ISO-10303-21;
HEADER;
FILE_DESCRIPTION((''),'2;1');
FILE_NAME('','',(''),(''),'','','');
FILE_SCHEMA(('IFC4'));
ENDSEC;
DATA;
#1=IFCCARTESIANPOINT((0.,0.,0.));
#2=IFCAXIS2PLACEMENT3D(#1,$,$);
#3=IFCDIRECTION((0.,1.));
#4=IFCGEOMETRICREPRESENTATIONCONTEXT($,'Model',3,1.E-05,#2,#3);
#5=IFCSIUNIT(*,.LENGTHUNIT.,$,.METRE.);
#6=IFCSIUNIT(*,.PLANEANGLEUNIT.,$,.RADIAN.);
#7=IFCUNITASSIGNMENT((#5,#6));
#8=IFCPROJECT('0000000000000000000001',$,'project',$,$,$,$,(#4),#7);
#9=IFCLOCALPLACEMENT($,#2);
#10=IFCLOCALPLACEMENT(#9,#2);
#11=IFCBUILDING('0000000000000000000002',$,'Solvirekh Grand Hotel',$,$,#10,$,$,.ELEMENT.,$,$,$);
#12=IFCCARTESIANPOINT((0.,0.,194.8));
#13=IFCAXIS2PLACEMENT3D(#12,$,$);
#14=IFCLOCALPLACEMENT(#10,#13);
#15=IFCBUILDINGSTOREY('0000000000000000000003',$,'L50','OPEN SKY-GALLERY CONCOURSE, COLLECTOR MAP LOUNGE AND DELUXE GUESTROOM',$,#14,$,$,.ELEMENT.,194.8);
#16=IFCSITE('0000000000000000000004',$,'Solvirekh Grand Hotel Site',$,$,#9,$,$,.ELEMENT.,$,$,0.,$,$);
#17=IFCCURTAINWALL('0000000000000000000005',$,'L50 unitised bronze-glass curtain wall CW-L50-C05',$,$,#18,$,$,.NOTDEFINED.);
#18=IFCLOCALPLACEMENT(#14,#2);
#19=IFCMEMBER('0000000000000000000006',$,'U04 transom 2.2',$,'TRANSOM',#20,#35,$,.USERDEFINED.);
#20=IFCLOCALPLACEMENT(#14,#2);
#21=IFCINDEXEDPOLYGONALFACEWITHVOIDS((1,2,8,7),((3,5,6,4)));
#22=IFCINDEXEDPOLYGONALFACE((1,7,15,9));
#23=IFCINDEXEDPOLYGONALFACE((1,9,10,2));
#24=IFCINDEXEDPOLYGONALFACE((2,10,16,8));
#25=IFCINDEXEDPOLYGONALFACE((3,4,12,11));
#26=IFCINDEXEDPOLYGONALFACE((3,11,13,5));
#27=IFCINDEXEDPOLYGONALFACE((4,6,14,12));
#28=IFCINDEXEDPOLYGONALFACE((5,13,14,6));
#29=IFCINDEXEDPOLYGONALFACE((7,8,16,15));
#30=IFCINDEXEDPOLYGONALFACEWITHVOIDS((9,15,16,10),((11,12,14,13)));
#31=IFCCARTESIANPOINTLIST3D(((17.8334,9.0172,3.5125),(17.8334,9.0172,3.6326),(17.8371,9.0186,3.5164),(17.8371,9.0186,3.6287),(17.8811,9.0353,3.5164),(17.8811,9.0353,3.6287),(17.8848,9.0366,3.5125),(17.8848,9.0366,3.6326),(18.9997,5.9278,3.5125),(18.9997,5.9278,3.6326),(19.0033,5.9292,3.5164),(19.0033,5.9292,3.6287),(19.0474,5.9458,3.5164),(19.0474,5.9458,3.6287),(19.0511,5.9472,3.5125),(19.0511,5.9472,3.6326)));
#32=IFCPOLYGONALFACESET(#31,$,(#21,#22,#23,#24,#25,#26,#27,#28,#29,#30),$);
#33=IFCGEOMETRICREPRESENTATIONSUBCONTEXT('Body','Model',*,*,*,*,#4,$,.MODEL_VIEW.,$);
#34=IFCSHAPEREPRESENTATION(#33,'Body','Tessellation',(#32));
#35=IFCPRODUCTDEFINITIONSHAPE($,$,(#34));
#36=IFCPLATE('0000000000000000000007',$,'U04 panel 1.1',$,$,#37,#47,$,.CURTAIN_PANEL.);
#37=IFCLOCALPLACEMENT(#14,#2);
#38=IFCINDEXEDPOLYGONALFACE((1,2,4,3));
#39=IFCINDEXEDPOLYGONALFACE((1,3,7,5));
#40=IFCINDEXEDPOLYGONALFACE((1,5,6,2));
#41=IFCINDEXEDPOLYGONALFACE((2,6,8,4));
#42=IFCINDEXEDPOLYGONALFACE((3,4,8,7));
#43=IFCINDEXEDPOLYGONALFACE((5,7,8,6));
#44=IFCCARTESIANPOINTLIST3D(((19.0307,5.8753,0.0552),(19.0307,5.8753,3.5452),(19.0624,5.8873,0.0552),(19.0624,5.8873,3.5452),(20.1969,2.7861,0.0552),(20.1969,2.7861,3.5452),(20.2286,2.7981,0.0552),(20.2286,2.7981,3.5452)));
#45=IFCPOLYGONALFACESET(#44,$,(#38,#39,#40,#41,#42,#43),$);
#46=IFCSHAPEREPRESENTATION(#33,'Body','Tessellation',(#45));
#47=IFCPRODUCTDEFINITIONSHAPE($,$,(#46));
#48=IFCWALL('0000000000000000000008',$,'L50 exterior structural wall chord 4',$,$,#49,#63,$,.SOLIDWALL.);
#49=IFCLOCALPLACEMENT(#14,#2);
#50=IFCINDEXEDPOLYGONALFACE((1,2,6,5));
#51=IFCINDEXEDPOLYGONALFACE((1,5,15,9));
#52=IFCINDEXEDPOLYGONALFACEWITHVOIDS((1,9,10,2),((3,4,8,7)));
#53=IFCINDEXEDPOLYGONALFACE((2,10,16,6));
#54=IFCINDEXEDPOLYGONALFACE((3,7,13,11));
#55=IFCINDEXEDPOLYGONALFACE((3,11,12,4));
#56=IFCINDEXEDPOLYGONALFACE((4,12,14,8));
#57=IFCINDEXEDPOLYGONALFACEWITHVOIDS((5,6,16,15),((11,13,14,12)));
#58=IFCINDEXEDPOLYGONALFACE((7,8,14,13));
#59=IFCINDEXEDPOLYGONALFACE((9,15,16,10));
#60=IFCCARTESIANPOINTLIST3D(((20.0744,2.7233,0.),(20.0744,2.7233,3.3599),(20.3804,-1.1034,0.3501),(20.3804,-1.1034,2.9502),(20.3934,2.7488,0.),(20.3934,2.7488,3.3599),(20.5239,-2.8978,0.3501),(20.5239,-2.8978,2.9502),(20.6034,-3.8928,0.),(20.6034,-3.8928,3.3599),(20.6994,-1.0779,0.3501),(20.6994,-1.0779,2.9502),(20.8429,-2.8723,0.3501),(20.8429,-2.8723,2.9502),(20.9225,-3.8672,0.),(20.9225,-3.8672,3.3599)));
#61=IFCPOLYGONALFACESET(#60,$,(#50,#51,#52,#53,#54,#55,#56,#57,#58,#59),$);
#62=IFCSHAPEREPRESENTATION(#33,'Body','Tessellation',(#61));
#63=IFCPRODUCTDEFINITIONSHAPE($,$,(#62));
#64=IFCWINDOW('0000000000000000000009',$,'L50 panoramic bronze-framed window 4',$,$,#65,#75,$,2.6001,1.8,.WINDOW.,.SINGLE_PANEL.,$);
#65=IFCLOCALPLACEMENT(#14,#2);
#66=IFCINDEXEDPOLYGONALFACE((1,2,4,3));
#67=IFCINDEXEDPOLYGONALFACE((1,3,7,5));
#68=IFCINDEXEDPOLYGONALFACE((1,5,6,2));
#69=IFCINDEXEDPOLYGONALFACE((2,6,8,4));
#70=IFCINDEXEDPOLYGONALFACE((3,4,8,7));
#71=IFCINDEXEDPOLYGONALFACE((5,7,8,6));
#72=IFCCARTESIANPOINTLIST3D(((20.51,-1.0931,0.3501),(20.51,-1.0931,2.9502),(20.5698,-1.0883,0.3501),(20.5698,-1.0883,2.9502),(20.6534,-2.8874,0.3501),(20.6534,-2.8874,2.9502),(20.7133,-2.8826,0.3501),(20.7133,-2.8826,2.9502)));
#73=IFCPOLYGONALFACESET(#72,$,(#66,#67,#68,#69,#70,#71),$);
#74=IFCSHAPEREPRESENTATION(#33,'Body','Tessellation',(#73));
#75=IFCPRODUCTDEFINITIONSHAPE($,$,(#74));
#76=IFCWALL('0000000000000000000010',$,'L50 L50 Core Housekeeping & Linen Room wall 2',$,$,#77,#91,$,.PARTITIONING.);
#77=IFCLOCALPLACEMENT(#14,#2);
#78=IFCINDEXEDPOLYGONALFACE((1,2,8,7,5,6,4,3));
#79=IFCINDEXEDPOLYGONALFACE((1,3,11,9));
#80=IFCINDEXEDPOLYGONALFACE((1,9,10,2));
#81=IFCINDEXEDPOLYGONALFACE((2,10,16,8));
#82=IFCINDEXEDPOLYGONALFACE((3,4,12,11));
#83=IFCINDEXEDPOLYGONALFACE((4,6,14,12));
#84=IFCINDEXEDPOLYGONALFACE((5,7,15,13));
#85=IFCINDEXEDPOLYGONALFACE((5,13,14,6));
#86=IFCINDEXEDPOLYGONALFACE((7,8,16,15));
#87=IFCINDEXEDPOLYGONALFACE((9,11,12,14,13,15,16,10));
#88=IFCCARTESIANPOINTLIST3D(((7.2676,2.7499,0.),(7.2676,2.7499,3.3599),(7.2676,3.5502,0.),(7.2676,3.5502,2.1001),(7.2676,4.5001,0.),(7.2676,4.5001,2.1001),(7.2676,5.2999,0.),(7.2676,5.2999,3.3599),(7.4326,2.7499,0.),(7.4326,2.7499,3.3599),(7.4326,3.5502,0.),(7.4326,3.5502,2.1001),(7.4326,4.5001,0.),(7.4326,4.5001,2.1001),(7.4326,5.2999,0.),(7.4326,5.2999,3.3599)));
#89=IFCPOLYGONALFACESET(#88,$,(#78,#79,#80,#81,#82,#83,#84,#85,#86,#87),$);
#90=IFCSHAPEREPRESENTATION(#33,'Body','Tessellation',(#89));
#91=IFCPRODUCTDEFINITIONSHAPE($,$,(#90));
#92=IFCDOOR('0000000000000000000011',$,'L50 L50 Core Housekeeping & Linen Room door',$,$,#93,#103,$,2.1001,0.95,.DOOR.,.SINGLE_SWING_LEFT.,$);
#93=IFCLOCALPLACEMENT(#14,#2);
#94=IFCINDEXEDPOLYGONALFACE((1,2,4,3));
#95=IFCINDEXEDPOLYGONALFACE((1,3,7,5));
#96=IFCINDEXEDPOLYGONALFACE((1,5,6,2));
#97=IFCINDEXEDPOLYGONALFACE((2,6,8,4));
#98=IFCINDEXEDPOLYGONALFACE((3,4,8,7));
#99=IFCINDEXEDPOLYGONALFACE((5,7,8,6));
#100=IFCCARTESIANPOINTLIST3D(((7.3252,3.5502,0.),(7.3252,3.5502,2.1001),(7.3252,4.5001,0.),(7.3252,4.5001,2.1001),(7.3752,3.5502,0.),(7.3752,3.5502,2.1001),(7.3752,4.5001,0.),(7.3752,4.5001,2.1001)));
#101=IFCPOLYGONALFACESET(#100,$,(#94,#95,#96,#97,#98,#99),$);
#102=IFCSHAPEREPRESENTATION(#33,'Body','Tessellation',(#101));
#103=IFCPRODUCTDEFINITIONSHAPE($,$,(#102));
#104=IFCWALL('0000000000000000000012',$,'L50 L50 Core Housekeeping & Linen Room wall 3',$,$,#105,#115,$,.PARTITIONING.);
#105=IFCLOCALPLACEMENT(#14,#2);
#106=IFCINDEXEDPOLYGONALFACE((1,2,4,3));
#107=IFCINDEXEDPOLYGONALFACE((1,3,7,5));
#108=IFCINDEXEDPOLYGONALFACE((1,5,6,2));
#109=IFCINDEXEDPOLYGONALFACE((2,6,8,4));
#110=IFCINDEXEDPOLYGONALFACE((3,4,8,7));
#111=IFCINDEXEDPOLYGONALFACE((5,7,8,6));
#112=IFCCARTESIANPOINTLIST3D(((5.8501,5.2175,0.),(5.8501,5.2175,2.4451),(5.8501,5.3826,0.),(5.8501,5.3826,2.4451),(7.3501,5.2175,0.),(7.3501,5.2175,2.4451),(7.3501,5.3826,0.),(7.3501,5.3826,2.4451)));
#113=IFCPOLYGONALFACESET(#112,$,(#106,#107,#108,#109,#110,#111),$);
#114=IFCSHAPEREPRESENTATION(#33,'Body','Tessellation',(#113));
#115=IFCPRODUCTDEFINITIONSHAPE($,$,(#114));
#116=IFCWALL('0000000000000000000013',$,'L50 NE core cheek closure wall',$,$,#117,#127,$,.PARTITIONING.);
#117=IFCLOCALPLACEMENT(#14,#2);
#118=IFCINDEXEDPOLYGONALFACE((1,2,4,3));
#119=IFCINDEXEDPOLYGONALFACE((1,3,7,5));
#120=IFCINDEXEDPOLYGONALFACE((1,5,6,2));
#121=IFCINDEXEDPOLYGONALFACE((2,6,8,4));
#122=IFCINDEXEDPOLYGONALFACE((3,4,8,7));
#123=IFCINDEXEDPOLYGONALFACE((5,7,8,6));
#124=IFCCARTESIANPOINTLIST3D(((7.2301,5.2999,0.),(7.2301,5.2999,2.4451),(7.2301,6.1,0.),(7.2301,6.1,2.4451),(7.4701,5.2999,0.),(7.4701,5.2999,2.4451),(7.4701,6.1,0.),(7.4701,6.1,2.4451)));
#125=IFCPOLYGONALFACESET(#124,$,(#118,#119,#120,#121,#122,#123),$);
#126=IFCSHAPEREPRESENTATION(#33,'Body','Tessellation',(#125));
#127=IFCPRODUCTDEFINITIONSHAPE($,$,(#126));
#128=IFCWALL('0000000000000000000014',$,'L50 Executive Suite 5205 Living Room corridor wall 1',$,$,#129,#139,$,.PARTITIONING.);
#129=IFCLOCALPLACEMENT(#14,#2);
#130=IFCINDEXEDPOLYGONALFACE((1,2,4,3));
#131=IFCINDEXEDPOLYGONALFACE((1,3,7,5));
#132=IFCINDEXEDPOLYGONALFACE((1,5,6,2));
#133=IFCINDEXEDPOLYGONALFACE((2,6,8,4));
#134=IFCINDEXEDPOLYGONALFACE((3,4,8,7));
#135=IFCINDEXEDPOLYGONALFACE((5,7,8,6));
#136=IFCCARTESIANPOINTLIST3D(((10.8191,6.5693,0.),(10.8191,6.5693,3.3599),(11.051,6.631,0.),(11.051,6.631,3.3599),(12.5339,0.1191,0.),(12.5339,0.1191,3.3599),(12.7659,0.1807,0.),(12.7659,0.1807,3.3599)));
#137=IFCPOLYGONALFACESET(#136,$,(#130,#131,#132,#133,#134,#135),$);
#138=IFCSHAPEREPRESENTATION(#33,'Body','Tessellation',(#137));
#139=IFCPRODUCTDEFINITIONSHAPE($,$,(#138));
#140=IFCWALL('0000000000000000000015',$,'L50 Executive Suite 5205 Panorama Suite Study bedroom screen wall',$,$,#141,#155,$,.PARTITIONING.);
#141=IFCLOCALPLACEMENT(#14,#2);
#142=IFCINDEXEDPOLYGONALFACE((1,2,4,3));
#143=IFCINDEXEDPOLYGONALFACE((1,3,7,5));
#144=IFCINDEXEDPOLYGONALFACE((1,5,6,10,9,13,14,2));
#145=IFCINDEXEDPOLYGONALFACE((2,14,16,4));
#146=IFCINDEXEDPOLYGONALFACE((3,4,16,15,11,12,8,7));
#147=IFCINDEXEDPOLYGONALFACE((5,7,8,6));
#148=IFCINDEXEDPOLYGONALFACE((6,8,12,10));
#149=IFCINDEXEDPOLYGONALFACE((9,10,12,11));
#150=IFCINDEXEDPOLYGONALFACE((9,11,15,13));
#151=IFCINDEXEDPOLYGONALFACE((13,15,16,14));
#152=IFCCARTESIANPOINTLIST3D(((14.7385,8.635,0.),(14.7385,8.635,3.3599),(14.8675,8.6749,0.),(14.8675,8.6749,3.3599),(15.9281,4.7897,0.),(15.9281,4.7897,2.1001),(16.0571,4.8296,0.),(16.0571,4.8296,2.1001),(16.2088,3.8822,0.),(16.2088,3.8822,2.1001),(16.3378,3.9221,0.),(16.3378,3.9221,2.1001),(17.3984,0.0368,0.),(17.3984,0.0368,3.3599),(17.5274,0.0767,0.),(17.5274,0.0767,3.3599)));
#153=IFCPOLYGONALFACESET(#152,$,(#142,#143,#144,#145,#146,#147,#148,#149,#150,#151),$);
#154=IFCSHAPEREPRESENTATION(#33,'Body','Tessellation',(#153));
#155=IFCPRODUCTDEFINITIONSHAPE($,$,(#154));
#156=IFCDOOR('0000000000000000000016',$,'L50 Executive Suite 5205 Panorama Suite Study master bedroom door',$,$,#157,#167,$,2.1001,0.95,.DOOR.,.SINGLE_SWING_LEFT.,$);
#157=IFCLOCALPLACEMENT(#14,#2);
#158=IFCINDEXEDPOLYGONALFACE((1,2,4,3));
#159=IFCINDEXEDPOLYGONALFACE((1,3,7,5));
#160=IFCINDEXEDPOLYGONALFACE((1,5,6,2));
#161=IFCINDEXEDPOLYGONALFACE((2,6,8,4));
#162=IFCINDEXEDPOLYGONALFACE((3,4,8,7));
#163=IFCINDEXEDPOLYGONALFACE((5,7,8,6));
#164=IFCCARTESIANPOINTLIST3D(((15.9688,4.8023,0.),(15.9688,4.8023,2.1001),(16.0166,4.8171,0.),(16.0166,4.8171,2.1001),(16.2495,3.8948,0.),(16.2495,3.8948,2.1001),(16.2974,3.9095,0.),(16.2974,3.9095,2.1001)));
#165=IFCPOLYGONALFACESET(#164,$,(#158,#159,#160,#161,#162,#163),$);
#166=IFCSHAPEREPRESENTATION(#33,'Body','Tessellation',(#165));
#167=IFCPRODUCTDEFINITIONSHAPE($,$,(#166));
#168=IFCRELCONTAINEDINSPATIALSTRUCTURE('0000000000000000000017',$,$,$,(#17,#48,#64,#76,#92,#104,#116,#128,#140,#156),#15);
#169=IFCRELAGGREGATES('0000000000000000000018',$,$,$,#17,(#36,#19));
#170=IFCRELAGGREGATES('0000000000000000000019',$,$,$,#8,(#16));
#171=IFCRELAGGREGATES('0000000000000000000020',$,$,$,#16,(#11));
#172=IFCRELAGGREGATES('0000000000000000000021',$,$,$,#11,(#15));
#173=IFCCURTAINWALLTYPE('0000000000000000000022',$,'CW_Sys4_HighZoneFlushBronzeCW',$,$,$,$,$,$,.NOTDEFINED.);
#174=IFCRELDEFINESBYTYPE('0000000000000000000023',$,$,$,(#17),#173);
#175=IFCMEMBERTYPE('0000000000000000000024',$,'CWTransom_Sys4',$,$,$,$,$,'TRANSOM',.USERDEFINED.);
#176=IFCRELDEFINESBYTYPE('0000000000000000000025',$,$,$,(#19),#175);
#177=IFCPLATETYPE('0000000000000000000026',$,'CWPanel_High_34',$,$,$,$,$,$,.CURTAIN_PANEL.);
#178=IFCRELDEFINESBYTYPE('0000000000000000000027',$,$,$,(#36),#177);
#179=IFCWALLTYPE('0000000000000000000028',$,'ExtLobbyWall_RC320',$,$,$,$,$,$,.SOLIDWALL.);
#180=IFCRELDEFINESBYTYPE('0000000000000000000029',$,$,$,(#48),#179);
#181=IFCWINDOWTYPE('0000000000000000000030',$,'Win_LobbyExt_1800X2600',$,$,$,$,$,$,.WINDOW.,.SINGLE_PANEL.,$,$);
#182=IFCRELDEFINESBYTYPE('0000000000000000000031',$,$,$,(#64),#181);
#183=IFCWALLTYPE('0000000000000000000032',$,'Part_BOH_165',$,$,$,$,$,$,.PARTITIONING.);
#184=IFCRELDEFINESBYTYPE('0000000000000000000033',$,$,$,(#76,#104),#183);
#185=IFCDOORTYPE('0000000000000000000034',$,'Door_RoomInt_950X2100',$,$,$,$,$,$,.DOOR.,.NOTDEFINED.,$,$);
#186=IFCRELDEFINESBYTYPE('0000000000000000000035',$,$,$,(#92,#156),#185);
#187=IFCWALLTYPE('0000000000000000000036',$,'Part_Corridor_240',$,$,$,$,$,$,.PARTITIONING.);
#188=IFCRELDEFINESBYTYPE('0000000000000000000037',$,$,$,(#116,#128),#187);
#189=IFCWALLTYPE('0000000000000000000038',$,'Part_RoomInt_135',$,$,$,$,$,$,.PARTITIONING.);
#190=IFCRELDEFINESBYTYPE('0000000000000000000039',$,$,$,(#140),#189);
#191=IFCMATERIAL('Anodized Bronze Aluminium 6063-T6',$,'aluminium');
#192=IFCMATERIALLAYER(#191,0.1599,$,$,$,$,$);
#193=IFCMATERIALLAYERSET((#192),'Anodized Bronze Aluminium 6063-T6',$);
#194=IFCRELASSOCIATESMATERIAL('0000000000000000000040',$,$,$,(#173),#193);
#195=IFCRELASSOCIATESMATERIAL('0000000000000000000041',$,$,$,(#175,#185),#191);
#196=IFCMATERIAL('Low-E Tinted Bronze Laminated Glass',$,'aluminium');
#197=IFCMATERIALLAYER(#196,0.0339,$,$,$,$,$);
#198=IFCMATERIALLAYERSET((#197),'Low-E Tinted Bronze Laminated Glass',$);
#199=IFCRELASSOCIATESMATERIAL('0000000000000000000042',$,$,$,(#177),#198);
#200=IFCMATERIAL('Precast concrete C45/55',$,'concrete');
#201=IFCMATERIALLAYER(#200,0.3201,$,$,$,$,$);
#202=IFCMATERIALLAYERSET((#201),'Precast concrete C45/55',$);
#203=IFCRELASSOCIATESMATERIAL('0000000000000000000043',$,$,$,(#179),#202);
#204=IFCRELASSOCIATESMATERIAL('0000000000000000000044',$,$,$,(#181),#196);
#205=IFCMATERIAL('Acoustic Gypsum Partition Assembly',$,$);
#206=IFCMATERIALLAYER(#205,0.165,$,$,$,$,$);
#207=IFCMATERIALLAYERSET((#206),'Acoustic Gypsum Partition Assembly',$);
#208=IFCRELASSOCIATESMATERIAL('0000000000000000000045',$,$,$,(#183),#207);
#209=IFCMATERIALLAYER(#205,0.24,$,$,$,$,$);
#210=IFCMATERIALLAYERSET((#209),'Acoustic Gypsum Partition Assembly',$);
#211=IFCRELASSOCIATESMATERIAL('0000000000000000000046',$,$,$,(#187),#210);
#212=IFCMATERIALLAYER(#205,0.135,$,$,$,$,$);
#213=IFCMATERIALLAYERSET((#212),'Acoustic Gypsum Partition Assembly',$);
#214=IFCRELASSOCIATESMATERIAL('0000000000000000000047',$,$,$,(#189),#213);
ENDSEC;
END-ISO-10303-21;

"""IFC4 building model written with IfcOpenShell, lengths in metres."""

from ifc_helpers import new_model, si_unit, direction, frame, frame_2d, origin, origin_2d, place, context, subcontext, project, spatial, rectangle, hollow_rectangle, extrude, source, transform, mapped, material, layer, layer_set, material_profile, profile_set, type_object, element, fill, aggregate, save


model = new_model("IFC4")

# Units and contexts
model_context = context("Model", 3, precision=1e-05, world=origin(), true_north=direction((0.0, 1.0)))
body_context = subcontext(model_context, "Body", "Model", "MODEL_VIEW")
ifc_project = project(units=[si_unit("LENGTHUNIT", "METRE"), si_unit("PLANEANGLEUNIT", "RADIAN")], contexts=[model_context])

# Site, building, storey
site_placement = place(None, origin())
site = spatial("IfcSite", under=ifc_project, at=site_placement, Name="Solvirekh Grand Hotel Site", CompositionType="ELEMENT", RefElevation=0.0)
building_placement = place(site_placement, origin())
building = spatial("IfcBuilding", under=site, at=building_placement, Name="Solvirekh Grand Hotel", CompositionType="ELEMENT")
storey_placement = place(building_placement, frame((0.0, 0.0, 194.8)))
storey = spatial("IfcBuildingStorey", under=building, at=storey_placement, Name="L50", Description="OPEN SKY-GALLERY CONCOURSE, COLLECTOR MAP LOUNGE AND DELUXE GUESTROOM", CompositionType="ELEMENT", Elevation=194.8)

# Curtain wall, member, plate
ifc_material_1 = material(Name="Anodized Bronze Aluminium 6063-T6", Category="aluminium")
ifc_layer_1 = layer(ifc_material_1, 0.1599)
ifc_layer_set_1 = layer_set([ifc_layer_1], Name="Anodized Bronze Aluminium 6063-T6")
curtain_wall_type = type_object("IfcCurtainWallType", Name="CW_Sys4_HighZoneFlushBronzeCW", PredefinedType="NOTDEFINED", material=ifc_layer_set_1)
curtain_wall_placement = place(storey_placement, origin())
curtain_wall = element("IfcCurtainWall", 1, at=curtain_wall_placement, inside=storey, type_object=curtain_wall_type, Name="L50 unitised bronze-glass curtain wall CW-L50-C05", PredefinedType="NOTDEFINED")
ifc_material_profile_1 = material_profile(ifc_material_1, hollow_rectangle(XDim=0.0549, YDim=0.1201, WallThickness=0.0039, at=origin_2d()), Name="ALU RHS 120X55X4")
ifc_profile_set_1 = profile_set([ifc_material_profile_1], Name="Anodized Bronze Aluminium 6063-T6")
member_type_1 = type_object("IfcMemberType", Name="CWTransom_Sys4", ElementType="TRANSOM", PredefinedType="USERDEFINED", material=ifc_profile_set_1)
shared_shape_1 = source(origin(), body_context, "Body", "SweptSolid", [
    extrude(hollow_rectangle(XDim=0.0549, YDim=0.1201, WallThickness=0.0039, at=origin_2d()), origin(), (0.0, 0.0, 1.0), 3.3022),
])
member_1_placement = place(storey_placement, frame((19.0254, 5.9375, 3.5725), z_axis=(-0.353181, 0.935555, 0.0), x_axis=(-0.935555, -0.353181, 0.0)))
member_1 = element("IfcMember", 2, at=member_1_placement, type_object=member_type_1, Name="U04 transom 2.2", ObjectType="TRANSOM", PredefinedType="USERDEFINED", context=body_context, shape_type="MappedRepresentation", body=[
    mapped(shared_shape_1, transform((0.0, 0.0, 0.0), x_axis=(1.0, 0.0, 0.0), y_axis=(0.0, 1.0, 0.0), z_axis=(0.0, 0.0, 1.0), scale=1.0)),
])
ifc_material_2 = material(Name="Low-E Tinted Bronze Laminated Glass", Category="aluminium")
ifc_layer_2 = layer(ifc_material_2, 0.0339)
ifc_layer_set_2 = layer_set([ifc_layer_2], Name="Low-E Tinted Bronze Laminated Glass")
plate_type = type_object("IfcPlateType", Name="CWPanel_High_34", PredefinedType="CURTAIN_PANEL", material=ifc_layer_set_2)
shared_shape_2 = source(origin(), body_context, "Body", "SweptSolid", [
    extrude(rectangle(XDim=3.302, YDim=0.0339, at=origin_2d()), origin(), (0.0, 0.0, 1.0), 3.49),
])
plate_placement = place(storey_placement, frame((19.6296, 4.3367, 0.0552), z_axis=(0.0, 0.0, 1.0), x_axis=(-0.353174, 0.935558, 0.0)))
plate = element("IfcPlate", 3, at=plate_placement, type_object=plate_type, Name="U04 panel 1.1", PredefinedType="CURTAIN_PANEL", context=body_context, shape_type="MappedRepresentation", body=[
    mapped(shared_shape_2, transform((0.0, 0.0, 0.0), x_axis=(1.0, 0.0, 0.0), y_axis=(0.0, 1.0, 0.0), z_axis=(0.0, 0.0, 1.0), scale=1.0)),
])
aggregate(curtain_wall, [plate, member_1])

# Wall, opening, window
ifc_material_3 = material(Name="Precast concrete C45/55", Category="concrete")
ifc_layer_3 = layer(ifc_material_3, 0.3201)
ifc_layer_set_3 = layer_set([ifc_layer_3], Name="Precast concrete C45/55")
wall_type_1 = type_object("IfcWallType", Name="ExtLobbyWall_RC320", PredefinedType="SOLIDWALL", material=ifc_layer_set_3)
wall_1_placement = place(storey_placement, frame((20.2339, 2.7361, 0.0), z_axis=(0.0, 0.0, 1.0), x_axis=(0.079712, -0.996818, 0.0)))
wall_1 = element("IfcWall", 4, at=wall_1_placement, inside=storey, type_object=wall_type_1, Name="L50 exterior structural wall chord 4", PredefinedType="SOLIDWALL", context=body_context, shape_type="SweptSolid", body=[
    extrude(rectangle(XDim=6.6372, YDim=0.3201, at=frame_2d((3.3186, 0.0))), origin(), (0.0, 0.0, 1.0), 3.3599),
])
opening_1_placement = place(wall_1_placement, frame((3.8391, 0.0, 0.3501)))
opening_1 = element("IfcOpeningElement", 5, at=opening_1_placement, cuts=wall_1, PredefinedType="OPENING", context=body_context, shape_type="SweptSolid", body=[
    extrude(rectangle(XDim=1.8, YDim=2.6001, at=frame_2d((0.8999, 1.3))), frame((0.0, 0.1699, 0.0), z_axis=(0.0, -1.0, 0.0), x_axis=(1.0, 0.0, 0.0)), (0.0, 0.0, 1.0), 0.3401),
])
window_type = type_object("IfcWindowType", Name="Win_LobbyExt_1800X2600", PartitioningType="SINGLE_PANEL", PredefinedType="WINDOW", material=ifc_material_2)
window_placement = place(opening_1_placement, origin())
window = element("IfcWindow", 6, at=window_placement, inside=storey, type_object=window_type, Name="L50 panoramic bronze-framed window 4", OverallHeight=2.6001, OverallWidth=1.8, PartitioningType="SINGLE_PANEL", PredefinedType="WINDOW", context=body_context, shape_type="SweptSolid", body=[
    extrude(rectangle(XDim=1.8, YDim=2.6001, at=frame_2d((0.8999, 1.3))), frame((0.0, 0.03, 0.0), z_axis=(0.0, -1.0, 0.0), x_axis=(1.0, 0.0, 0.0)), (0.0, 0.0, 1.0), 0.0601),
])
fill(opening_1, window)

# Wall, opening, door
ifc_material_4 = material(Name="Acoustic Gypsum Partition Assembly")
ifc_layer_4 = layer(ifc_material_4, 0.165)
ifc_layer_set_4 = layer_set([ifc_layer_4], Name="Acoustic Gypsum Partition Assembly")
wall_type_2 = type_object("IfcWallType", Name="Part_BOH_165", PredefinedType="PARTITIONING", material=ifc_layer_set_4)
wall_2_placement = place(storey_placement, frame((7.3501, 2.75, 0.0), z_axis=(0.0, 0.0, 1.0), x_axis=(0.0, 1.0, 0.0)))
wall_2 = element("IfcWall", 7, at=wall_2_placement, inside=storey, type_object=wall_type_2, Name="L50 L50 Core Housekeeping & Linen Room wall 2", PredefinedType="PARTITIONING", context=body_context, shape_type="SweptSolid", body=[
    extrude(rectangle(XDim=2.55, YDim=0.165, at=frame_2d((1.2749, 0.0))), origin(), (0.0, 0.0, 1.0), 3.3599),
])
opening_2_placement = place(wall_2_placement, frame((0.8, 0.0, 0.0)))
opening_2 = element("IfcOpeningElement", 8, at=opening_2_placement, cuts=wall_2, PredefinedType="OPENING", context=body_context, shape_type="SweptSolid", body=[
    extrude(rectangle(XDim=0.95, YDim=2.1001, at=frame_2d((0.4751, 1.05))), frame((0.0, 0.0925, 0.0), z_axis=(0.0, -1.0, 0.0), x_axis=(1.0, 0.0, 0.0)), (0.0, 0.0, 1.0), 0.1851),
])
door_type = type_object("IfcDoorType", Name="Door_RoomInt_950X2100", OperationType="NOTDEFINED", PredefinedType="DOOR", material=ifc_material_1)
door_1_placement = place(opening_2_placement, origin())
door_1 = element("IfcDoor", 9, at=door_1_placement, inside=storey, type_object=door_type, Name="L50 L50 Core Housekeeping & Linen Room door", OperationType="SINGLE_SWING_LEFT", OverallHeight=2.1001, OverallWidth=0.95, PredefinedType="DOOR", context=body_context, shape_type="SweptSolid", body=[
    extrude(rectangle(XDim=0.95, YDim=2.1001, at=frame_2d((0.4751, 1.05))), frame((0.0, 0.0249, 0.0), z_axis=(0.0, -1.0, 0.0), x_axis=(1.0, 0.0, 0.0)), (0.0, 0.0, 1.0), 0.05),
])
fill(opening_2, door_1)

# Walls
wall_3_placement = place(storey_placement, frame((7.3501, 5.3, 0.0), z_axis=(0.0, 0.0, 1.0), x_axis=(-1.0, 0.0, 0.0)))
element("IfcWall", 10, at=wall_3_placement, inside=storey, type_object=wall_type_2, Name="L50 L50 Core Housekeeping & Linen Room wall 3", PredefinedType="PARTITIONING", context=body_context, shape_type="SweptSolid", body=[
    extrude(rectangle(XDim=1.5, YDim=0.165, at=frame_2d((0.75, 0.0))), origin(), (0.0, 0.0, 1.0), 2.4451),
])
ifc_layer_5 = layer(ifc_material_4, 0.24)
ifc_layer_set_5 = layer_set([ifc_layer_5], Name="Acoustic Gypsum Partition Assembly")
wall_type_3 = type_object("IfcWallType", Name="Part_Corridor_240", PredefinedType="PARTITIONING", material=ifc_layer_set_5)
wall_4_placement = place(storey_placement, frame((7.3501, 5.3, 0.0), z_axis=(0.0, 0.0, 1.0), x_axis=(0.0, 1.0, 0.0)))
element("IfcWall", 11, at=wall_4_placement, inside=storey, type_object=wall_type_3, Name="L50 NE core cheek closure wall", PredefinedType="PARTITIONING", context=body_context, shape_type="SweptSolid", body=[
    extrude(rectangle(XDim=0.8, YDim=0.24, at=frame_2d((0.3999, 0.0))), origin(), (0.0, 0.0, 1.0), 2.4451),
])
wall_5_placement = place(storey_placement, frame((12.6499, 0.1499, 0.0), z_axis=(0.0, 0.0, 1.0), x_axis=(-0.256934, 0.966429, 0.0)))
element("IfcWall", 12, at=wall_5_placement, inside=storey, type_object=wall_type_3, Name="L50 Executive Suite 5205 Living Room corridor wall 1", PredefinedType="PARTITIONING", context=body_context, shape_type="SweptSolid", body=[
    extrude(rectangle(XDim=6.6743, YDim=0.24, at=frame_2d((3.3372, 0.0))), origin(), (0.0, 0.0, 1.0), 3.3599),
])

# Wall, opening, door
ifc_layer_6 = layer(ifc_material_4, 0.135)
ifc_layer_set_6 = layer_set([ifc_layer_6], Name="Acoustic Gypsum Partition Assembly")
wall_type_4 = type_object("IfcWallType", Name="Part_RoomInt_135", PredefinedType="PARTITIONING", material=ifc_layer_set_6)
wall_6_placement = place(storey_placement, frame((17.4629, 0.0569, 0.0), z_axis=(0.0, 0.0, 1.0), x_axis=(-0.29554, 0.95533, 0.0)))
wall_6 = element("IfcWall", 13, at=wall_6_placement, inside=storey, type_object=wall_type_4, Name="L50 Executive Suite 5205 Panorama Suite Study bedroom screen wall", PredefinedType="PARTITIONING", context=body_context, shape_type="SweptSolid", body=[
    extrude(rectangle(XDim=9.0002, YDim=0.135, at=frame_2d((4.5, 0.0))), origin(), (0.0, 0.0, 1.0), 3.3599),
])
opening_3_placement = place(wall_6_placement, frame((4.0249, 0.0, 0.0)))
opening_3 = element("IfcOpeningElement", 14, at=opening_3_placement, cuts=wall_6, PredefinedType="OPENING", context=body_context, shape_type="SweptSolid", body=[
    extrude(rectangle(XDim=0.95, YDim=2.1001, at=frame_2d((0.4751, 1.05))), frame((0.0, 0.0776, 0.0), z_axis=(0.0, -1.0, 0.0), x_axis=(1.0, 0.0, 0.0)), (0.0, 0.0, 1.0), 0.155),
])
door_2_placement = place(opening_3_placement, origin())
door_2 = element("IfcDoor", 15, at=door_2_placement, inside=storey, type_object=door_type, Name="L50 Executive Suite 5205 Panorama Suite Study master bedroom door", OperationType="SINGLE_SWING_LEFT", OverallHeight=2.1001, OverallWidth=0.95, PredefinedType="DOOR", context=body_context, shape_type="SweptSolid", body=[
    extrude(rectangle(XDim=0.95, YDim=2.1001, at=frame_2d((0.4751, 1.05))), frame((0.0, 0.0249, 0.0), z_axis=(0.0, -1.0, 0.0), x_axis=(1.0, 0.0, 0.0)), (0.0, 0.0, 1.0), 0.05),
])
fill(opening_3, door_2)

save(model, "model.ifc")
